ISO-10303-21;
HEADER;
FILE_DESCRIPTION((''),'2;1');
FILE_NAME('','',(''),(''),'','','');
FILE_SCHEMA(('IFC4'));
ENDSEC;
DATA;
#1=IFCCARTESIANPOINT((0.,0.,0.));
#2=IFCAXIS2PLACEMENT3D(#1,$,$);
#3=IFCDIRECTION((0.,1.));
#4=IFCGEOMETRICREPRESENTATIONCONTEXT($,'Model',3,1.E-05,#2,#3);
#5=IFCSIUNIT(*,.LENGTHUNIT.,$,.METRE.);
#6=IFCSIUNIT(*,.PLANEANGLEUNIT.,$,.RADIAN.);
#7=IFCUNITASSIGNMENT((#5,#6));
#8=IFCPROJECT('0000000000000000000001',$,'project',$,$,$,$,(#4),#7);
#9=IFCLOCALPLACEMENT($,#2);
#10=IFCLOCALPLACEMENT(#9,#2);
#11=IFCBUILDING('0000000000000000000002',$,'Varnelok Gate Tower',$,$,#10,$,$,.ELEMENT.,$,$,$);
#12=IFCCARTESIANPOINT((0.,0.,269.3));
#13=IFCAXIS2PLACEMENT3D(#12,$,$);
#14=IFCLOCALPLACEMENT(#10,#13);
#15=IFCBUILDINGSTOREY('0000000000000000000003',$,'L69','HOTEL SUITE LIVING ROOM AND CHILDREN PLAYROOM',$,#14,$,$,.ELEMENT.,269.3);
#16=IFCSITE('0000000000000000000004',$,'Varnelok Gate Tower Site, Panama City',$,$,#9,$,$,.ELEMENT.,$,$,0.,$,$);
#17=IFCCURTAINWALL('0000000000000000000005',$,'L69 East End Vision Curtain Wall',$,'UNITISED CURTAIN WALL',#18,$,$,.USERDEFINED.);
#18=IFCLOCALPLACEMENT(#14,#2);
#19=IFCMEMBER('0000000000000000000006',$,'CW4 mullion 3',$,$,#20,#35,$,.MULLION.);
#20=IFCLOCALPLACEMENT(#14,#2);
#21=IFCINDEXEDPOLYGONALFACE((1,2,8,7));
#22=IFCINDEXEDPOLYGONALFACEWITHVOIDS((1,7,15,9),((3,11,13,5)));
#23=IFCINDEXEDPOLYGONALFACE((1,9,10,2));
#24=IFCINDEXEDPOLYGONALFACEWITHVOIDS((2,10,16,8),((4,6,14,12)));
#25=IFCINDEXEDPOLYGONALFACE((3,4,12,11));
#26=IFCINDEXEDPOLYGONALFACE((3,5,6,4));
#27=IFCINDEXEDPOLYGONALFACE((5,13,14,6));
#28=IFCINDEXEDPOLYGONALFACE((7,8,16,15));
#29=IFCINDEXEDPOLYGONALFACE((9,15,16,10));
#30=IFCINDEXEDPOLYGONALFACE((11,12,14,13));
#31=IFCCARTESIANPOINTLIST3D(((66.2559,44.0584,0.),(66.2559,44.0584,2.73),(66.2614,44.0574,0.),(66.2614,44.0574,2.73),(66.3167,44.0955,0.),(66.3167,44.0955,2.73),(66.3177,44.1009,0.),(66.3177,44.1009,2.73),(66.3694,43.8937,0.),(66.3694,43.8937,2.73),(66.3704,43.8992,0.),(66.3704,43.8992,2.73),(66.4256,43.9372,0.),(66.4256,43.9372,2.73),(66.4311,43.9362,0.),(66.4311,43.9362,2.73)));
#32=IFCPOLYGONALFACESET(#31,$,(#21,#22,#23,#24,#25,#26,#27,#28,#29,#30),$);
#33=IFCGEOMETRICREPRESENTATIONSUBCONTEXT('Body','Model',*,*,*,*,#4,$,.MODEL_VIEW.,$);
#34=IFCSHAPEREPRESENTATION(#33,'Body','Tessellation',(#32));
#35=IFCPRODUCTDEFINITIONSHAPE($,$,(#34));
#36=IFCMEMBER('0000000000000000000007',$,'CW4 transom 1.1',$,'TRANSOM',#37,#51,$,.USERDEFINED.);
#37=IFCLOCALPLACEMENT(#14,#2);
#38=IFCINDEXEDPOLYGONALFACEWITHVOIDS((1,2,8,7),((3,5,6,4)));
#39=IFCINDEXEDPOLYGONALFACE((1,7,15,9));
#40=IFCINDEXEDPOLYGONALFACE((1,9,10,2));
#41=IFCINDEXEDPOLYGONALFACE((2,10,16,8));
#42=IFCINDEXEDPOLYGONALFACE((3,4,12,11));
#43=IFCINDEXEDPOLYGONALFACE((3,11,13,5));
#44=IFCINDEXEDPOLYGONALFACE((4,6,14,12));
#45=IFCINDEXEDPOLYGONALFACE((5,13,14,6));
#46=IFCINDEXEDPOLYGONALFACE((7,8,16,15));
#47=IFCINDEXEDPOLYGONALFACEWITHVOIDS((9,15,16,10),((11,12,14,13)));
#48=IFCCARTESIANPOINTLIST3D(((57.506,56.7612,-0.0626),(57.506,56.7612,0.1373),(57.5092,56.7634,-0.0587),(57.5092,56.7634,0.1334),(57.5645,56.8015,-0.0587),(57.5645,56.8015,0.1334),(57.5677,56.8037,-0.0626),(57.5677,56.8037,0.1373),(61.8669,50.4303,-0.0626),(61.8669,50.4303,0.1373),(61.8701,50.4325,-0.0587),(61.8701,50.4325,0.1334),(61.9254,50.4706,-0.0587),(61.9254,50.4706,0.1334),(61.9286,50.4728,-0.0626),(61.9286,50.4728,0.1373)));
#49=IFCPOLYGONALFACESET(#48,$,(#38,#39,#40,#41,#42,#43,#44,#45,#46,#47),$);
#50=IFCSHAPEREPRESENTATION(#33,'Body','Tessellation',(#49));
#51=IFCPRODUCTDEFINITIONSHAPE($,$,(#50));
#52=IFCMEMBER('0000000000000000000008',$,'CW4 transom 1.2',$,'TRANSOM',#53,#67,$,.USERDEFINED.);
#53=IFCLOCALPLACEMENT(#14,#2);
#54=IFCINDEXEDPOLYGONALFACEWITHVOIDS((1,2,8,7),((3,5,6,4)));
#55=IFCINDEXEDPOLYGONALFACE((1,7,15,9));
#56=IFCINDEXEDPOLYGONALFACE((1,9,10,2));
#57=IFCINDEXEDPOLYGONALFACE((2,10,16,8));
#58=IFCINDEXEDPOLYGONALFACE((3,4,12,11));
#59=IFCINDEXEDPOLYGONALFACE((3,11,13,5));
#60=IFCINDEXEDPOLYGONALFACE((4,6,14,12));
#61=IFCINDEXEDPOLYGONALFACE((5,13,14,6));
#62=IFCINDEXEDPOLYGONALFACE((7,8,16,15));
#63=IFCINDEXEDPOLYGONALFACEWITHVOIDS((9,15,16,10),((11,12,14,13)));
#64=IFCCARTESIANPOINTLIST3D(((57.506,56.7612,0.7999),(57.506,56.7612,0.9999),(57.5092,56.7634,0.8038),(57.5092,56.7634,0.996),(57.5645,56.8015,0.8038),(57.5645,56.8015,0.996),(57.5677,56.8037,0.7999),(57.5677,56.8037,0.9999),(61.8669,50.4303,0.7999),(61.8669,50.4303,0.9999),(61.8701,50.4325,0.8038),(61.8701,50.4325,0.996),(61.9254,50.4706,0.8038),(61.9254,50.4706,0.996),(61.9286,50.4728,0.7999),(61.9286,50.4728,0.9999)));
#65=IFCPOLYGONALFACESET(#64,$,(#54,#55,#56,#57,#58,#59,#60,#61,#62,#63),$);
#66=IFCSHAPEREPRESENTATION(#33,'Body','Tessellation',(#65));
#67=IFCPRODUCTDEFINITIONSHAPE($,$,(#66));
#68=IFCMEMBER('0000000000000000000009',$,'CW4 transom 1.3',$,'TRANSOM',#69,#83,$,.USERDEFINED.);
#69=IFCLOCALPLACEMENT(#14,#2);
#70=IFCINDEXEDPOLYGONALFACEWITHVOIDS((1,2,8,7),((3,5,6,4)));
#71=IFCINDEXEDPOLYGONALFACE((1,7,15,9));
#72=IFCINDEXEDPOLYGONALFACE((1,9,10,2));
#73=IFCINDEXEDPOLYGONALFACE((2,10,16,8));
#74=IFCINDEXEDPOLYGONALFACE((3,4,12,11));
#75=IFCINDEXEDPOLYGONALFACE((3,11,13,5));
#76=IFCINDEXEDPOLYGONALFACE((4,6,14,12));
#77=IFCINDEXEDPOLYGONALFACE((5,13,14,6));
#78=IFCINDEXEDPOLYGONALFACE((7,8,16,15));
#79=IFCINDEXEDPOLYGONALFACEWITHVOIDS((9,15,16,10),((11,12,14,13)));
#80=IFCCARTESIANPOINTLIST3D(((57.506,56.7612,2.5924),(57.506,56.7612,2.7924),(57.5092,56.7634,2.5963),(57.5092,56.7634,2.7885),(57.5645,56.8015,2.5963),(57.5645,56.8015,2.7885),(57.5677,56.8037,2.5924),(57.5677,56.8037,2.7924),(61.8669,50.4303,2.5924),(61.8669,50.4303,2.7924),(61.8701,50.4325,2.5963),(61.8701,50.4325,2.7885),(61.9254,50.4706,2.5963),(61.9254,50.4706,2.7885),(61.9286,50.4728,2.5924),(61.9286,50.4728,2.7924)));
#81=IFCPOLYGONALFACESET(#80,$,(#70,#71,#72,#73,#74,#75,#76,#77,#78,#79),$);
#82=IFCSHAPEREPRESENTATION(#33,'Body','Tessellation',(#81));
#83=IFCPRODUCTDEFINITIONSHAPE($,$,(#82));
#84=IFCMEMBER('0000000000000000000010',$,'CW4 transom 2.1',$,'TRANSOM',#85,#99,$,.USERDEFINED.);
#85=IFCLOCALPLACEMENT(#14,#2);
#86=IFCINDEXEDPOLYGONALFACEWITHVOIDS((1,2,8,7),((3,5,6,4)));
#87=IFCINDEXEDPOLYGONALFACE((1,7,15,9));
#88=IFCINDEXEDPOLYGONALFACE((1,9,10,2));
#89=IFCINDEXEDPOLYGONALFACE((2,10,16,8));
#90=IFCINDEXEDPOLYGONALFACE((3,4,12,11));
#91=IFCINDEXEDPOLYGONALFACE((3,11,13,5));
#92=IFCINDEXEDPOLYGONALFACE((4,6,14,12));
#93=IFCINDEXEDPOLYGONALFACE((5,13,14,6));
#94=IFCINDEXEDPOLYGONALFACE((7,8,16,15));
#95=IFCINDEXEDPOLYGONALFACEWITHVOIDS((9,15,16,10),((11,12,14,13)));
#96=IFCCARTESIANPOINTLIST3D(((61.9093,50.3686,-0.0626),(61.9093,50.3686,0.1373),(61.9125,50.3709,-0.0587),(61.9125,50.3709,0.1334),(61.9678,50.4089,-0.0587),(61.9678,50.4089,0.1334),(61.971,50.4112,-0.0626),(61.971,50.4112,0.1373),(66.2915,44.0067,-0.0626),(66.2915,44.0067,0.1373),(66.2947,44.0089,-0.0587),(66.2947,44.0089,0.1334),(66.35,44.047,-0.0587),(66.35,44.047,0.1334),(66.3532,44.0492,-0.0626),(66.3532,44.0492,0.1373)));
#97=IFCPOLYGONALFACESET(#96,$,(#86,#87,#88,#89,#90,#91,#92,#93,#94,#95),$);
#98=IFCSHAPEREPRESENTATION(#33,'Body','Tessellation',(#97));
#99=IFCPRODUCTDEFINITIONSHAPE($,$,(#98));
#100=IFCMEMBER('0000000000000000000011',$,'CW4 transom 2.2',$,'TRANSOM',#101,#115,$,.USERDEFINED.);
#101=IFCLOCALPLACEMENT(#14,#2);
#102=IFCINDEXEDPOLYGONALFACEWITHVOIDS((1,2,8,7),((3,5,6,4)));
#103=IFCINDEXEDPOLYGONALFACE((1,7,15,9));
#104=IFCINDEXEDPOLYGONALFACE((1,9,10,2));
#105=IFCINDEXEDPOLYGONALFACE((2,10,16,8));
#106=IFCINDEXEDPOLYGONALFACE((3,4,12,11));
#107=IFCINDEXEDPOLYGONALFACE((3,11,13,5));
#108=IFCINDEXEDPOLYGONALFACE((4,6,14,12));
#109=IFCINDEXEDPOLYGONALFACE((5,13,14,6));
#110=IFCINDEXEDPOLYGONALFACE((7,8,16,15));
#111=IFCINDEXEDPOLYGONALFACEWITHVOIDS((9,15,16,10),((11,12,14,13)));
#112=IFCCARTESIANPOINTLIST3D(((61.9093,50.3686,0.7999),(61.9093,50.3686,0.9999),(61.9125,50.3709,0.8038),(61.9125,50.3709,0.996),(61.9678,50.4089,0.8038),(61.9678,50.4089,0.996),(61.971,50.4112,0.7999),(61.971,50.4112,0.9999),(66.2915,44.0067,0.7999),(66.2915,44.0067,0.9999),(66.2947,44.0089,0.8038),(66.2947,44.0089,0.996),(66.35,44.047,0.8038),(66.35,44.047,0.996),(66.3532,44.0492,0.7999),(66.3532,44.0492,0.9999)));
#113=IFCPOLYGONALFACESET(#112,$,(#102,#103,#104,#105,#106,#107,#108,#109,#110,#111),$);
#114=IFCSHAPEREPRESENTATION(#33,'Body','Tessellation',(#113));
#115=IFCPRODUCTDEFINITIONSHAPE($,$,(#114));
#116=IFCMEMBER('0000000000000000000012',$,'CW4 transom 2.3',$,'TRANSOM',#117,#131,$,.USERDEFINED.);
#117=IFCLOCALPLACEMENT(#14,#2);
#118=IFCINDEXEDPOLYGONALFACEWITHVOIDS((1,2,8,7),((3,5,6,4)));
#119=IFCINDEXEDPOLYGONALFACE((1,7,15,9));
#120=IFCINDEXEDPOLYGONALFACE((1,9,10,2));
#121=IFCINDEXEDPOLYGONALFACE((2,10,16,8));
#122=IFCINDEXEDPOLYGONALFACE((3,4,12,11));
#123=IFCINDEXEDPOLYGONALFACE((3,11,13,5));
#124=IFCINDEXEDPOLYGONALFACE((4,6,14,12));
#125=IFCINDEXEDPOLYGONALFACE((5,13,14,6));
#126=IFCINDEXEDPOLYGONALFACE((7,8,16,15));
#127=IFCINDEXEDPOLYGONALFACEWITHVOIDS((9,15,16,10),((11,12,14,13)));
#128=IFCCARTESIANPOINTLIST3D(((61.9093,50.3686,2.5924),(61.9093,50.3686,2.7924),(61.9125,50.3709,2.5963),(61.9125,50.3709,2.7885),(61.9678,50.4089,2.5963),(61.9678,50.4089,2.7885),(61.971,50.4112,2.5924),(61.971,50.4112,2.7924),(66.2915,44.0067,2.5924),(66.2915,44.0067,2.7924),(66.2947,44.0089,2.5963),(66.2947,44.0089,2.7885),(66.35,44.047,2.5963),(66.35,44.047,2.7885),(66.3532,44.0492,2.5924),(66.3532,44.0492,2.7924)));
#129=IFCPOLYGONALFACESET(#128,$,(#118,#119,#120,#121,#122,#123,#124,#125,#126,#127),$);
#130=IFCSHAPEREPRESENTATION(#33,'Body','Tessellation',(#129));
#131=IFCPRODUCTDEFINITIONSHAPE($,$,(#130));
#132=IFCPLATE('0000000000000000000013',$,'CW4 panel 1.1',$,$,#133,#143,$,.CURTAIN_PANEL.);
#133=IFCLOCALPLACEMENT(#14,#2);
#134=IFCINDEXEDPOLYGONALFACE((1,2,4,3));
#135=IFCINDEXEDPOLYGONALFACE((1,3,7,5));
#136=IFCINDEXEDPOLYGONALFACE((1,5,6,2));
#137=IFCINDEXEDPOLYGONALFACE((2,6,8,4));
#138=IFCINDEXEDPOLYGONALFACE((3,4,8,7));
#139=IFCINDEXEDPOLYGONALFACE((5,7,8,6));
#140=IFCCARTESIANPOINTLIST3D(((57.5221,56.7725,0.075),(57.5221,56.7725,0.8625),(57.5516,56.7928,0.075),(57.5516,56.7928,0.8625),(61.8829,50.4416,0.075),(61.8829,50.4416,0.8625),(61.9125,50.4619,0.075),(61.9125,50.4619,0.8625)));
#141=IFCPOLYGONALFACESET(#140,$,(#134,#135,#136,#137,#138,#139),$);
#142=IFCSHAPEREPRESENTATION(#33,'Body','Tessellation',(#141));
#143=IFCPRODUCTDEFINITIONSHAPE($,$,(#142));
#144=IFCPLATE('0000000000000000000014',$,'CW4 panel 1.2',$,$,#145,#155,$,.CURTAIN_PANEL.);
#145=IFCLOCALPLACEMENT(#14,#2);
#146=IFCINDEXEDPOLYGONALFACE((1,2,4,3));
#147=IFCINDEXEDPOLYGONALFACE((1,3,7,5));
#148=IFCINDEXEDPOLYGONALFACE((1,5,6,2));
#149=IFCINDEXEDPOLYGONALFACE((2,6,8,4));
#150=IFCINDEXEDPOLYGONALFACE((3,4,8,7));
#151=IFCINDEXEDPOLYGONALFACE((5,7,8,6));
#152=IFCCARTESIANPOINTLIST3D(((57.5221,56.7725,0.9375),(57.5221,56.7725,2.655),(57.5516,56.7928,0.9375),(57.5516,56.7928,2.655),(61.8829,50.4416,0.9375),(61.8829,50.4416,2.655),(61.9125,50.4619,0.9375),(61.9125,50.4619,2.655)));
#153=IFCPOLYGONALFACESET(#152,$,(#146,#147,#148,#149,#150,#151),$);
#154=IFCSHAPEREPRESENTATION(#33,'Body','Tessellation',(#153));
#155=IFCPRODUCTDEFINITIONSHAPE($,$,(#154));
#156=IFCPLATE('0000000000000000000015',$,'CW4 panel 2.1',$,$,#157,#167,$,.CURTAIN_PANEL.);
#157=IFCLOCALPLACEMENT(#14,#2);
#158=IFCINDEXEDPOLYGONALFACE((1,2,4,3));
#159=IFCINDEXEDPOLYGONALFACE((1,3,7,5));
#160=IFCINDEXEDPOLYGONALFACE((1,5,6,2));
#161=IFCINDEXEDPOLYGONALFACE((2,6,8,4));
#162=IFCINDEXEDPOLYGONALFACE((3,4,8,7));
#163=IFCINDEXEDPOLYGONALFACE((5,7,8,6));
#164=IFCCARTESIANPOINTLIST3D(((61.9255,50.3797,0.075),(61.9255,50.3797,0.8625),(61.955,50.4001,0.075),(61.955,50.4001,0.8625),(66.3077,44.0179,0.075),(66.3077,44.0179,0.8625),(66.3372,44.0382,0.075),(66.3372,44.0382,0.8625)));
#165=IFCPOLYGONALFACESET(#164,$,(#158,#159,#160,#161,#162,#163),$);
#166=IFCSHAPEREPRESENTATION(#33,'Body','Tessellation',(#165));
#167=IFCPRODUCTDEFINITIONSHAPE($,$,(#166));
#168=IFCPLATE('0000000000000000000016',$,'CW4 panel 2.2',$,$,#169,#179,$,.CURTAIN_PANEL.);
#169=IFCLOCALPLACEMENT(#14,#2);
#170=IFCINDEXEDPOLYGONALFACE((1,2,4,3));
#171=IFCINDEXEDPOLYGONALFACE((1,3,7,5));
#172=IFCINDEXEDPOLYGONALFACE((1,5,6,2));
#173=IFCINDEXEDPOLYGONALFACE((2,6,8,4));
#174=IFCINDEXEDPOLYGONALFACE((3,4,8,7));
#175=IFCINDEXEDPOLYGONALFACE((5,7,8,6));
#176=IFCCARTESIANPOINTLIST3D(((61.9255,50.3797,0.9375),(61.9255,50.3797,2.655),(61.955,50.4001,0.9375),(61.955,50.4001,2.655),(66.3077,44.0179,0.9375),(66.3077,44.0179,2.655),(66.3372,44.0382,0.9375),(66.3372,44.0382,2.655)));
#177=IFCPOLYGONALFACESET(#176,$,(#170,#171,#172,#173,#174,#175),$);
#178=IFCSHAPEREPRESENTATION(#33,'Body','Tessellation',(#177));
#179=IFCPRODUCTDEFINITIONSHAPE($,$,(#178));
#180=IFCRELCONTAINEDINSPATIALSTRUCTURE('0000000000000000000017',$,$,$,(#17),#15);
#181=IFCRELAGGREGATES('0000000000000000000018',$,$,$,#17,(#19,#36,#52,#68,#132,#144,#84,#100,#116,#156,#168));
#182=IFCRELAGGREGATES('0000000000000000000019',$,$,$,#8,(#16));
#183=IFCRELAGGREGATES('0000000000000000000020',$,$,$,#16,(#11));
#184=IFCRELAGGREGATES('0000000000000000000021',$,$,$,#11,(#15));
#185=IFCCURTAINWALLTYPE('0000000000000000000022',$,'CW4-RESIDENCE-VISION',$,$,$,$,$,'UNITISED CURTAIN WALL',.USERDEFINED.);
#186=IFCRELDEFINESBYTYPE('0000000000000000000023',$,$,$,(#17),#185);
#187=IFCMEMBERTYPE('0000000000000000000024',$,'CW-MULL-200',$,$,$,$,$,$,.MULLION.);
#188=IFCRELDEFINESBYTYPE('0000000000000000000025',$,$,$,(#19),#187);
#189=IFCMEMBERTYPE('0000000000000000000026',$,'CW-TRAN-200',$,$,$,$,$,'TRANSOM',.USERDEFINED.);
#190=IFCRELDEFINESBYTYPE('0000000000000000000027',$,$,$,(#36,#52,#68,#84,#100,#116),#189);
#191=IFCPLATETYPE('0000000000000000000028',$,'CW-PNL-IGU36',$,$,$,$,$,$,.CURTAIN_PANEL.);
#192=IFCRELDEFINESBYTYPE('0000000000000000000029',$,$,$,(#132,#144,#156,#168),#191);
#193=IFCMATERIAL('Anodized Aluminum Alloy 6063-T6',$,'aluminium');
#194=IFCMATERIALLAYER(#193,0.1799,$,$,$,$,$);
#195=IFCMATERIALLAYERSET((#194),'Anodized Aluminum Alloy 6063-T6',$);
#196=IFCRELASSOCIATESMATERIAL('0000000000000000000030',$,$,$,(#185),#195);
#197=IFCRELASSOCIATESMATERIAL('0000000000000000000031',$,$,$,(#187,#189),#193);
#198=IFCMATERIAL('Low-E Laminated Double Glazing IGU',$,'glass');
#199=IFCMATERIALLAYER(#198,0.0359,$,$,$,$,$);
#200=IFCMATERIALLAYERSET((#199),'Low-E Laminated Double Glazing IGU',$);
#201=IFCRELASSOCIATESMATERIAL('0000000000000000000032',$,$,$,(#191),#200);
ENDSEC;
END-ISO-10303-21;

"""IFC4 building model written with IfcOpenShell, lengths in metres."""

from ifc_helpers import new_model, si_unit, direction, frame, origin, origin_2d, place, context, subcontext, project, spatial, rectangle, hollow_rectangle, extrude, source, transform, mapped, material, layer, layer_set, material_profile, profile_set, type_object, element, aggregate, save


model = new_model("IFC4")

# Units and contexts
model_context = context("Model", 3, precision=1e-05, world=origin(), true_north=direction((0.0, 1.0)))
body_context = subcontext(model_context, "Body", "Model", "MODEL_VIEW")
ifc_project = project(units=[si_unit("LENGTHUNIT", "METRE"), si_unit("PLANEANGLEUNIT", "RADIAN")], contexts=[model_context])

# Site, building, storey
site_placement = place(None, origin())
site = spatial("IfcSite", under=ifc_project, at=site_placement, Name="Varnelok Gate Tower Site, Panama City", CompositionType="ELEMENT", RefElevation=0.0)
building_placement = place(site_placement, origin())
building = spatial("IfcBuilding", under=site, at=building_placement, Name="Varnelok Gate Tower", CompositionType="ELEMENT")
storey_placement = place(building_placement, frame((0.0, 0.0, 269.3)))
storey = spatial("IfcBuildingStorey", under=building, at=storey_placement, Name="L69", Description="HOTEL SUITE LIVING ROOM AND CHILDREN PLAYROOM", CompositionType="ELEMENT", Elevation=269.3)

# Curtain wall, members, plates
ifc_material_1 = material(Name="Anodized Aluminum Alloy 6063-T6", Category="aluminium")
ifc_layer_1 = layer(ifc_material_1, 0.1799)
ifc_layer_set_1 = layer_set([ifc_layer_1], Name="Anodized Aluminum Alloy 6063-T6")
curtain_wall_type = type_object("IfcCurtainWallType", Name="CW4-RESIDENCE-VISION", ElementType="UNITISED CURTAIN WALL", PredefinedType="USERDEFINED", material=ifc_layer_set_1)
curtain_wall_placement = place(storey_placement, origin())
curtain_wall = element("IfcCurtainWall", 1, at=curtain_wall_placement, inside=storey, type_object=curtain_wall_type, Name="L69 East End Vision Curtain Wall", ObjectType="UNITISED CURTAIN WALL", PredefinedType="USERDEFINED")
ifc_material_profile_1 = material_profile(ifc_material_1, hollow_rectangle(XDim=0.075, YDim=0.2, WallThickness=0.0039, at=origin_2d()), Name="ALU200X75X4")
ifc_profile_set_1 = profile_set([ifc_material_profile_1], Name="Anodized Aluminum Alloy 6063-T6")
member_type_1 = type_object("IfcMemberType", Name="CW-MULL-200", PredefinedType="MULLION", material=ifc_profile_set_1)
member_1_placement = place(storey_placement, frame((66.3435, 43.9973, 0.0), z_axis=(0.0, 0.0, 1.0), x_axis=(0.823532, 0.567269, 0.0)))
member_1 = element("IfcMember", 2, at=member_1_placement, type_object=member_type_1, Name="CW4 mullion 3", PredefinedType="MULLION", context=body_context, shape_type="SweptSolid", body=[
    extrude(hollow_rectangle(XDim=0.075, YDim=0.2, WallThickness=0.0039, at=origin_2d()), origin(), (0.0, 0.0, 1.0), 2.73),
])
ifc_material_profile_2 = material_profile(ifc_material_1, hollow_rectangle(XDim=0.075, YDim=0.2, WallThickness=0.0039, at=origin_2d()), Name="ALU200X75X4")
ifc_profile_set_2 = profile_set([ifc_material_profile_2], Name="Anodized Aluminum Alloy 6063-T6")
member_type_2 = type_object("IfcMemberType", Name="CW-TRAN-200", ElementType="TRANSOM", PredefinedType="USERDEFINED", material=ifc_profile_set_2)
member_2_placement = place(storey_placement, frame((57.5369, 56.7825, 0.0374), z_axis=(0.567271, -0.823531, 0.0), x_axis=(0.823531, 0.567271, 0.0)))
member_2 = element("IfcMember", 3, at=member_2_placement, type_object=member_type_2, Name="CW4 transom 1.1", ObjectType="TRANSOM", PredefinedType="USERDEFINED", context=body_context, shape_type="SweptSolid", body=[
    extrude(hollow_rectangle(XDim=0.075, YDim=0.2, WallThickness=0.0039, at=origin_2d()), origin(), (0.0, 0.0, 1.0), 7.6875),
])
member_3_placement = place(storey_placement, frame((57.5369, 56.7825, 0.8999), z_axis=(0.567271, -0.823531, 0.0), x_axis=(0.823531, 0.567271, 0.0)))
member_3 = element("IfcMember", 4, at=member_3_placement, type_object=member_type_2, Name="CW4 transom 1.2", ObjectType="TRANSOM", PredefinedType="USERDEFINED", context=body_context, shape_type="SweptSolid", body=[
    extrude(hollow_rectangle(XDim=0.075, YDim=0.2, WallThickness=0.0039, at=origin_2d()), origin(), (0.0, 0.0, 1.0), 7.6875),
])
member_4_placement = place(storey_placement, frame((57.5369, 56.7825, 2.6924), z_axis=(0.567271, -0.823531, 0.0), x_axis=(0.823531, 0.567271, 0.0)))
member_4 = element("IfcMember", 5, at=member_4_placement, type_object=member_type_2, Name="CW4 transom 1.3", ObjectType="TRANSOM", PredefinedType="USERDEFINED", context=body_context, shape_type="SweptSolid", body=[
    extrude(hollow_rectangle(XDim=0.075, YDim=0.2, WallThickness=0.0039, at=origin_2d()), origin(), (0.0, 0.0, 1.0), 7.6875),
])
member_5_placement = place(storey_placement, frame((61.9402, 50.3899, 0.0374), z_axis=(0.567261, -0.823538, 0.0), x_axis=(0.823538, 0.567261, 0.0)))
member_5 = element("IfcMember", 6, at=member_5_placement, type_object=member_type_2, Name="CW4 transom 2.1", ObjectType="TRANSOM", PredefinedType="USERDEFINED", context=body_context, shape_type="SweptSolid", body=[
    extrude(hollow_rectangle(XDim=0.075, YDim=0.2, WallThickness=0.0039, at=origin_2d()), origin(), (0.0, 0.0, 1.0), 7.7251),
])
member_6_placement = place(storey_placement, frame((61.9402, 50.3899, 0.8999), z_axis=(0.567261, -0.823538, 0.0), x_axis=(0.823538, 0.567261, 0.0)))
member_6 = element("IfcMember", 7, at=member_6_placement, type_object=member_type_2, Name="CW4 transom 2.2", ObjectType="TRANSOM", PredefinedType="USERDEFINED", context=body_context, shape_type="SweptSolid", body=[
    extrude(hollow_rectangle(XDim=0.075, YDim=0.2, WallThickness=0.0039, at=origin_2d()), origin(), (0.0, 0.0, 1.0), 7.7251),
])
member_7_placement = place(storey_placement, frame((61.9402, 50.3899, 2.6924), z_axis=(0.567261, -0.823538, 0.0), x_axis=(0.823538, 0.567261, 0.0)))
member_7 = element("IfcMember", 8, at=member_7_placement, type_object=member_type_2, Name="CW4 transom 2.3", ObjectType="TRANSOM", PredefinedType="USERDEFINED", context=body_context, shape_type="SweptSolid", body=[
    extrude(hollow_rectangle(XDim=0.075, YDim=0.2, WallThickness=0.0039, at=origin_2d()), origin(), (0.0, 0.0, 1.0), 7.7251),
])
ifc_material_2 = material(Name="Low-E Laminated Double Glazing IGU", Category="glass")
ifc_layer_2 = layer(ifc_material_2, 0.0359)
ifc_layer_set_2 = layer_set([ifc_layer_2], Name="Low-E Laminated Double Glazing IGU")
plate_type = type_object("IfcPlateType", Name="CW-PNL-IGU36", PredefinedType="CURTAIN_PANEL", material=ifc_layer_set_2)
shared_shape_1 = source(origin(), body_context, "Body", "SweptSolid", [
    extrude(rectangle(XDim=7.6875, YDim=0.0359, at=origin_2d()), origin(), (0.0, 0.0, 1.0), 0.7876),
])
plate_1_placement = place(storey_placement, frame((59.7173, 53.6172, 0.075), z_axis=(0.0, 0.0, 1.0), x_axis=(0.567269, -0.823532, 0.0)))
plate_1 = element("IfcPlate", 9, at=plate_1_placement, type_object=plate_type, Name="CW4 panel 1.1", PredefinedType="CURTAIN_PANEL", context=body_context, shape_type="MappedRepresentation", body=[
    mapped(shared_shape_1, transform((0.0, 0.0, 0.0), scale=1.0)),
])
shared_shape_2 = source(origin(), body_context, "Body", "SweptSolid", [
    extrude(rectangle(XDim=7.6875, YDim=0.0359, at=origin_2d()), origin(), (0.0, 0.0, 1.0), 1.7175),
])
plate_2_placement = place(storey_placement, frame((59.7173, 53.6172, 0.9375), z_axis=(0.0, 0.0, 1.0), x_axis=(0.567269, -0.823532, 0.0)))
plate_2 = element("IfcPlate", 10, at=plate_2_placement, type_object=plate_type, Name="CW4 panel 1.2", PredefinedType="CURTAIN_PANEL", context=body_context, shape_type="MappedRepresentation", body=[
    mapped(shared_shape_2, transform((0.0, 0.0, 0.0), scale=1.0)),
])
shared_shape_3 = source(origin(), body_context, "Body", "SweptSolid", [
    extrude(rectangle(XDim=7.7251, YDim=0.0359, at=origin_2d()), origin(), (0.0, 0.0, 1.0), 0.7876),
])
plate_3_placement = place(storey_placement, frame((64.1313, 47.209, 0.075), z_axis=(0.0, 0.0, 1.0), x_axis=(0.567269, -0.823532, 0.0)))
plate_3 = element("IfcPlate", 11, at=plate_3_placement, type_object=plate_type, Name="CW4 panel 2.1", PredefinedType="CURTAIN_PANEL", context=body_context, shape_type="MappedRepresentation", body=[
    mapped(shared_shape_3, transform((0.0, 0.0, 0.0), scale=1.0)),
])
shared_shape_4 = source(origin(), body_context, "Body", "SweptSolid", [
    extrude(rectangle(XDim=7.7251, YDim=0.0359, at=origin_2d()), origin(), (0.0, 0.0, 1.0), 1.7175),
])
plate_4_placement = place(storey_placement, frame((64.1313, 47.209, 0.9375), z_axis=(0.0, 0.0, 1.0), x_axis=(0.567269, -0.823532, 0.0)))
plate_4 = element("IfcPlate", 12, at=plate_4_placement, type_object=plate_type, Name="CW4 panel 2.2", PredefinedType="CURTAIN_PANEL", context=body_context, shape_type="MappedRepresentation", body=[
    mapped(shared_shape_4, transform((0.0, 0.0, 0.0), scale=1.0)),
])
aggregate(curtain_wall, [member_1, member_2, member_3, member_4, plate_1, plate_2, member_5, member_6, member_7, plate_3, plate_4])

save(model, "model.ifc")
